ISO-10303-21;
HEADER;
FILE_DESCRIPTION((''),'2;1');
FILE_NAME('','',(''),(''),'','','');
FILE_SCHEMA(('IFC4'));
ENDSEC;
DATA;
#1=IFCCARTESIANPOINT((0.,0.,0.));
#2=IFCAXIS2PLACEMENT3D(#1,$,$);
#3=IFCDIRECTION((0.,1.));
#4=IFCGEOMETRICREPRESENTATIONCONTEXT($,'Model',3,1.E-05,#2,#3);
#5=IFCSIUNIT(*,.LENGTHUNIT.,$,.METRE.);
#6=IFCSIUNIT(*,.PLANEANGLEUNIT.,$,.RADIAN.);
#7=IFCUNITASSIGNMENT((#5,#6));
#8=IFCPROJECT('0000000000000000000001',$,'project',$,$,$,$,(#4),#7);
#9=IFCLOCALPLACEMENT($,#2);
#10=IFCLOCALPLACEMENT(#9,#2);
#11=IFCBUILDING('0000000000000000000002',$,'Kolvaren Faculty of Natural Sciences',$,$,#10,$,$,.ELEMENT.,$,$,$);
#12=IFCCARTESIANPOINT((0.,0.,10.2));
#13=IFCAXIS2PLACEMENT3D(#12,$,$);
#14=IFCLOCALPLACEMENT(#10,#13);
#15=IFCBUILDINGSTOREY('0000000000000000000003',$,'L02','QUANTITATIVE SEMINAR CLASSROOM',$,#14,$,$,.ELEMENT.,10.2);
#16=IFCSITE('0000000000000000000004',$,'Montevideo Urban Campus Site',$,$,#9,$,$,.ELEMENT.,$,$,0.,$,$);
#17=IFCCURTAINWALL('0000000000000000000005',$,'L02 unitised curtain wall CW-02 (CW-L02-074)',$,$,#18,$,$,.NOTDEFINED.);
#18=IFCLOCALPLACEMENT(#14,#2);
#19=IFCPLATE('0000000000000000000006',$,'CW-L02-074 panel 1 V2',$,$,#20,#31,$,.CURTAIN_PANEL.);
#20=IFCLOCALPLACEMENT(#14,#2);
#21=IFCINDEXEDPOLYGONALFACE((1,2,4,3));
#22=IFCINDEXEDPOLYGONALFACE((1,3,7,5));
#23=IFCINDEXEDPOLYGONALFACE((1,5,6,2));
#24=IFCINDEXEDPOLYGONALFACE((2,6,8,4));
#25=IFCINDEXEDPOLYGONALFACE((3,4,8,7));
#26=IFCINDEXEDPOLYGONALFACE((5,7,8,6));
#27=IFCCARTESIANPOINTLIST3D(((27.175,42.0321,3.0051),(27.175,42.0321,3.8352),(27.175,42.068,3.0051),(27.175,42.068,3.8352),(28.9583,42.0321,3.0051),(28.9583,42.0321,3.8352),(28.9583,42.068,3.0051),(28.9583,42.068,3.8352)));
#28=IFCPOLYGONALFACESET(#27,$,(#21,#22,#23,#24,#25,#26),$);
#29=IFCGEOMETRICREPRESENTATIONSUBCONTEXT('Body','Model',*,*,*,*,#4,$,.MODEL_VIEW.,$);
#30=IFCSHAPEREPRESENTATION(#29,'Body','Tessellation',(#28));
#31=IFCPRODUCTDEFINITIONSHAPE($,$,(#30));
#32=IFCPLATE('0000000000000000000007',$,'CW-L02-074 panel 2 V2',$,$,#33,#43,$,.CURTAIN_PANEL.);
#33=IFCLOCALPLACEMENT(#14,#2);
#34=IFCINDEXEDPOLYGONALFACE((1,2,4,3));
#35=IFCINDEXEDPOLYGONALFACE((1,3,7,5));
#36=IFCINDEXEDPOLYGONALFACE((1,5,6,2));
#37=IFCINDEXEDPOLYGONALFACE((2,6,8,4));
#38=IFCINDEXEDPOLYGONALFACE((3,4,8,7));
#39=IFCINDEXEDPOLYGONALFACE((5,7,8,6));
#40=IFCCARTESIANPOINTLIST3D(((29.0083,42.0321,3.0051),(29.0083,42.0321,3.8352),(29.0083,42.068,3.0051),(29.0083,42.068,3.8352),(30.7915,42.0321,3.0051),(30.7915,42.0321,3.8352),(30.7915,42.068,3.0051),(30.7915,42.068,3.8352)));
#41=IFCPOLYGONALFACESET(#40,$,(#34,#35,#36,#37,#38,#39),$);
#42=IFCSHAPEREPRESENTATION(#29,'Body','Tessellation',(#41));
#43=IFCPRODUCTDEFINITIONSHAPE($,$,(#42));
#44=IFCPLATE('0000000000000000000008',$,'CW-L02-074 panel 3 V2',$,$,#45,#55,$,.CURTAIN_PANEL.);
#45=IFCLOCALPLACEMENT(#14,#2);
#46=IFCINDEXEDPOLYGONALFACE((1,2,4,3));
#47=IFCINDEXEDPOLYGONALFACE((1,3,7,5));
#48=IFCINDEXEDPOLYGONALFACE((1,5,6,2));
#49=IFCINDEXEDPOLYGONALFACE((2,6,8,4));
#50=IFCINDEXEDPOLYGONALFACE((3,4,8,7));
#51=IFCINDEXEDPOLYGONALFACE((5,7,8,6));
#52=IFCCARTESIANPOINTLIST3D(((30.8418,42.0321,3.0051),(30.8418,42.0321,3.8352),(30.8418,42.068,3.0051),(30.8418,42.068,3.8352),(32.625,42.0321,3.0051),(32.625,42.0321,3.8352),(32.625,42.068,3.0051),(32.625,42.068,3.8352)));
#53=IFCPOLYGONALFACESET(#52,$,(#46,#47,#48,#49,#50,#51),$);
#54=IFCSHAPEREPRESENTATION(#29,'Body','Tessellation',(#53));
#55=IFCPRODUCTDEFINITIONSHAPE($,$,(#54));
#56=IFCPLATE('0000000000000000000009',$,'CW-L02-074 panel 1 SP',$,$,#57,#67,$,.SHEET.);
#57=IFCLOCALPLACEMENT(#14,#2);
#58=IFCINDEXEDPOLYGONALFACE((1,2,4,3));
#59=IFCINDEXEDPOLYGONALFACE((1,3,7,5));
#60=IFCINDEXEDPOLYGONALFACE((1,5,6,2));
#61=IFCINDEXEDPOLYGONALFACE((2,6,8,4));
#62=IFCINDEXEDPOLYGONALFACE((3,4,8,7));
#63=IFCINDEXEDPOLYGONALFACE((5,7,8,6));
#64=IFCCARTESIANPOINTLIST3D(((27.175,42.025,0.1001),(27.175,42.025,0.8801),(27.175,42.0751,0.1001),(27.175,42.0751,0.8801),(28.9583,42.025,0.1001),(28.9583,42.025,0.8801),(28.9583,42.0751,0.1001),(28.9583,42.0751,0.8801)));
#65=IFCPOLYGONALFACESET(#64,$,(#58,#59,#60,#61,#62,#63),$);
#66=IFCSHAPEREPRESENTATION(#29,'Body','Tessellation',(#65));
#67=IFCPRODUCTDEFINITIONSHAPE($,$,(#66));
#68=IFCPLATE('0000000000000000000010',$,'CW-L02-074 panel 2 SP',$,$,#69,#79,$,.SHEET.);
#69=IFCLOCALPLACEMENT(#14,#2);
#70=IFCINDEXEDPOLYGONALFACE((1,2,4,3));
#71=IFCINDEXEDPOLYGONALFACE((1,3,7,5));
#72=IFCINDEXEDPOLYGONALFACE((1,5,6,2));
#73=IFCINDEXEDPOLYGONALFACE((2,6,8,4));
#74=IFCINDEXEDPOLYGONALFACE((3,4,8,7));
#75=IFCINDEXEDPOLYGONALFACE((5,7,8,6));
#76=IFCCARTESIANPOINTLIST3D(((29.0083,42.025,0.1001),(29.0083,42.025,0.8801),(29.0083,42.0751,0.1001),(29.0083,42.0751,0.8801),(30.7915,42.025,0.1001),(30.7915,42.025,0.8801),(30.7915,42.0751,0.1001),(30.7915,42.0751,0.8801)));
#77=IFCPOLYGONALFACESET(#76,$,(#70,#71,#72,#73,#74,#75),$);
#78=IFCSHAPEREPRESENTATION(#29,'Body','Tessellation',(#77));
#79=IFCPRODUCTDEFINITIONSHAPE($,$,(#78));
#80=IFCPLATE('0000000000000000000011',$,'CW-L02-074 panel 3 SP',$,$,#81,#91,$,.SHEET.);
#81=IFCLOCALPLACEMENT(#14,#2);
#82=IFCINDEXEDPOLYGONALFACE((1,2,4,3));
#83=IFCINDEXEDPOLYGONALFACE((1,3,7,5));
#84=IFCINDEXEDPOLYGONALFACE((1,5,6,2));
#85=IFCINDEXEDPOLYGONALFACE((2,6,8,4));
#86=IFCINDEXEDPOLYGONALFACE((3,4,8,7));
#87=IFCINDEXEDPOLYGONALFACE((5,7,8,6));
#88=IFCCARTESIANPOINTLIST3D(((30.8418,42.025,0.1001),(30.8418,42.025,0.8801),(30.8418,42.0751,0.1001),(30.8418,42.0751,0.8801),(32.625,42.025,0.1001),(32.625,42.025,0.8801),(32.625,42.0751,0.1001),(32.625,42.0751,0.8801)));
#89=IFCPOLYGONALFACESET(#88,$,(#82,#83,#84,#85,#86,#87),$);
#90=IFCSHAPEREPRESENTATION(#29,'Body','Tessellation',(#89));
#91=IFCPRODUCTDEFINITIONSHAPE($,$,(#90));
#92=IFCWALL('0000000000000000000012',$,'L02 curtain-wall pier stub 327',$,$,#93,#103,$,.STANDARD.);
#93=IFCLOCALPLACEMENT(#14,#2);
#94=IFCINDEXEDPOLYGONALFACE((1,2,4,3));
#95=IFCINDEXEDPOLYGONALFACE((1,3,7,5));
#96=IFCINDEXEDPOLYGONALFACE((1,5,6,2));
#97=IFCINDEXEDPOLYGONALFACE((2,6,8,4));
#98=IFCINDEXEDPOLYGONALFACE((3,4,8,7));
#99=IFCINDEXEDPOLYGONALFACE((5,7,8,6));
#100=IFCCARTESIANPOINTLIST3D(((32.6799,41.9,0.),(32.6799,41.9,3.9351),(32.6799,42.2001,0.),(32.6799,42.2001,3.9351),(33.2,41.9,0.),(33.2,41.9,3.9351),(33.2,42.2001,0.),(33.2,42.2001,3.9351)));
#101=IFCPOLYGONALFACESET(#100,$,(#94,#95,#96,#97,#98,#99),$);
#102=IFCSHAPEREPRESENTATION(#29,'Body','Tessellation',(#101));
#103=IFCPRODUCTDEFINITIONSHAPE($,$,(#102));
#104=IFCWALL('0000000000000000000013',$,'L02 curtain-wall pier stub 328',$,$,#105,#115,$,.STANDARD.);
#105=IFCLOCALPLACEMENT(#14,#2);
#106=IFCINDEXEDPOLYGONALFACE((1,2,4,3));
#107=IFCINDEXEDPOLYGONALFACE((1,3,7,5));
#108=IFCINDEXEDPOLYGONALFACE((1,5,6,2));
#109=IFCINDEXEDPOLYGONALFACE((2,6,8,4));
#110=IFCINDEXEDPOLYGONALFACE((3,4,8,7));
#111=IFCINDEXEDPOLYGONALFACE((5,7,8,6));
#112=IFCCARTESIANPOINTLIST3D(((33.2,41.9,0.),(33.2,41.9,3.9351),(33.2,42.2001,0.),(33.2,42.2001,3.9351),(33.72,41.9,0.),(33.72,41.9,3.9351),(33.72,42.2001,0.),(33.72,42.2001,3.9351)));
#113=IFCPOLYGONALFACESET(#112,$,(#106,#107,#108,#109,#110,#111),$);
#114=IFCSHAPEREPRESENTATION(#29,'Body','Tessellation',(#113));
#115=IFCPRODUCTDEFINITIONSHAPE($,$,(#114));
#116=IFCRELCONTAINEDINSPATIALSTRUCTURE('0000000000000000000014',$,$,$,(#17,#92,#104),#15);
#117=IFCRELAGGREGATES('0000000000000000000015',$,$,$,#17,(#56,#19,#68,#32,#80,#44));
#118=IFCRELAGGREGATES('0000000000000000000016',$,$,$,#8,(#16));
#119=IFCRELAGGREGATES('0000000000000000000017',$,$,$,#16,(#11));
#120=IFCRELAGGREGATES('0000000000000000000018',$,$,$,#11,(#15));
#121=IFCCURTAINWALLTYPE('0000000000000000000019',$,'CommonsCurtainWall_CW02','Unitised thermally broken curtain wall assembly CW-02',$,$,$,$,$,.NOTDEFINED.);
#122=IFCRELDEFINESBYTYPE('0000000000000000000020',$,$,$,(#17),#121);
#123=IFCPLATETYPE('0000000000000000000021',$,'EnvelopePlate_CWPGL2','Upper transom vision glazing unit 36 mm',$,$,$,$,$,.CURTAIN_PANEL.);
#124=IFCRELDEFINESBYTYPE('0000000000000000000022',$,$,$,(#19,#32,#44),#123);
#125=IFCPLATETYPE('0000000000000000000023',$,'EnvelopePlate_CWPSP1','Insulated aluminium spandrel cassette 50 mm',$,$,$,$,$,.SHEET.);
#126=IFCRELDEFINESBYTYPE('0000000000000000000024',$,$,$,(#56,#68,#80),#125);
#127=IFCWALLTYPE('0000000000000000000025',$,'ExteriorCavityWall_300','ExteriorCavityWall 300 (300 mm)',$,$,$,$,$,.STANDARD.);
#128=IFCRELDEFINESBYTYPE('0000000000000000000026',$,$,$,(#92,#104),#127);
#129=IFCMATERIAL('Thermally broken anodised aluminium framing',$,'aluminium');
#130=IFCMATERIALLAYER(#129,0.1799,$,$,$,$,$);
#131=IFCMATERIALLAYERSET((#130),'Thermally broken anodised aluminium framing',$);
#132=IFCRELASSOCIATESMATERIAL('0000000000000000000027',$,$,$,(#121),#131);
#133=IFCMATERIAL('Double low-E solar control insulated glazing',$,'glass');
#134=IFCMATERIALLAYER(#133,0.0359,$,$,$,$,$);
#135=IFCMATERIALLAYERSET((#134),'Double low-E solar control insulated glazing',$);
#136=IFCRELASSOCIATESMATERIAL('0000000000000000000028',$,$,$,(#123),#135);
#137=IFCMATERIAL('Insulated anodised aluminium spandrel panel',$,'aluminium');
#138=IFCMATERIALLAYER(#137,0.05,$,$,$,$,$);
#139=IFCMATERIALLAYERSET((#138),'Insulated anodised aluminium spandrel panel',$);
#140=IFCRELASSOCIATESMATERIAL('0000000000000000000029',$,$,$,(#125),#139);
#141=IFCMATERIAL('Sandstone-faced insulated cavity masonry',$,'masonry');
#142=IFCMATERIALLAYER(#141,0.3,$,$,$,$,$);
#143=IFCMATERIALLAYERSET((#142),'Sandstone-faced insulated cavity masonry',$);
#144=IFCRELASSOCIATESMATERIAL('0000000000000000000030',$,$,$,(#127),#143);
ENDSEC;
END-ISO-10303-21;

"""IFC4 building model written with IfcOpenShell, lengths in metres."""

from ifc_helpers import new_model, si_unit, direction, frame, frame_2d, origin, origin_2d, place, context, subcontext, project, spatial, rectangle, extrude, material, layer, layer_set, type_object, element, aggregate, save


model = new_model("IFC4")

# Units and contexts
model_context = context("Model", 3, precision=1e-05, world=origin(), true_north=direction((0.0, 1.0)))
body_context = subcontext(model_context, "Body", "Model", "MODEL_VIEW")
ifc_project = project(units=[si_unit("LENGTHUNIT", "METRE"), si_unit("PLANEANGLEUNIT", "RADIAN")], contexts=[model_context])

# Site, building, storey
site_placement = place(None, origin())
site = spatial("IfcSite", under=ifc_project, at=site_placement, Name="Montevideo Urban Campus Site", CompositionType="ELEMENT", RefElevation=0.0)
building_placement = place(site_placement, origin())
building = spatial("IfcBuilding", under=site, at=building_placement, Name="Kolvaren Faculty of Natural Sciences", CompositionType="ELEMENT")
storey_placement = place(building_placement, frame((0.0, 0.0, 10.2)))
storey = spatial("IfcBuildingStorey", under=building, at=storey_placement, Name="L02", Description="QUANTITATIVE SEMINAR CLASSROOM", CompositionType="ELEMENT", Elevation=10.2)

# Curtain wall
ifc_material_1 = material(Name="Thermally broken anodised aluminium framing", Category="aluminium")
ifc_layer_1 = layer(ifc_material_1, 0.1799)
ifc_layer_set_1 = layer_set([ifc_layer_1], Name="Thermally broken anodised aluminium framing")
curtain_wall_type = type_object("IfcCurtainWallType", Name="CommonsCurtainWall_CW02", Description="Unitised thermally broken curtain wall assembly CW-02", PredefinedType="NOTDEFINED", material=ifc_layer_set_1)
curtain_wall_placement = place(storey_placement, origin())
curtain_wall = element("IfcCurtainWall", 1, at=curtain_wall_placement, inside=storey, type_object=curtain_wall_type, Name="L02 unitised curtain wall CW-02 (CW-L02-074)", PredefinedType="NOTDEFINED")

# Plates
ifc_material_2 = material(Name="Double low-E solar control insulated glazing", Category="glass")
ifc_layer_2 = layer(ifc_material_2, 0.0359)
ifc_layer_set_2 = layer_set([ifc_layer_2], Name="Double low-E solar control insulated glazing")
plate_type_1 = type_object("IfcPlateType", Name="EnvelopePlate_CWPGL2", Description="Upper transom vision glazing unit 36 mm", PredefinedType="CURTAIN_PANEL", material=ifc_layer_set_2)
plate_1_placement = place(storey_placement, frame((28.0667, 42.05, 3.0051), z_axis=(0.0, 0.0, 1.0), x_axis=(1.0, 0.0, 0.0)))
plate_1 = element("IfcPlate", 2, at=plate_1_placement, type_object=plate_type_1, Name="CW-L02-074 panel 1 V2", PredefinedType="CURTAIN_PANEL", context=body_context, shape_type="SweptSolid", body=[
    extrude(rectangle(XDim=1.7832, YDim=0.0359, at=origin_2d()), origin(), (0.0, 0.0, 1.0), 0.8301),
])
plate_2_placement = place(storey_placement, frame((29.8999, 42.05, 3.0051), z_axis=(0.0, 0.0, 1.0), x_axis=(1.0, 0.0, 0.0)))
plate_2 = element("IfcPlate", 3, at=plate_2_placement, type_object=plate_type_1, Name="CW-L02-074 panel 2 V2", PredefinedType="CURTAIN_PANEL", context=body_context, shape_type="SweptSolid", body=[
    extrude(rectangle(XDim=1.7832, YDim=0.0359, at=origin_2d()), origin(), (0.0, 0.0, 1.0), 0.8301),
])
plate_3_placement = place(storey_placement, frame((31.7334, 42.05, 3.0051), z_axis=(0.0, 0.0, 1.0), x_axis=(1.0, 0.0, 0.0)))
plate_3 = element("IfcPlate", 4, at=plate_3_placement, type_object=plate_type_1, Name="CW-L02-074 panel 3 V2", PredefinedType="CURTAIN_PANEL", context=body_context, shape_type="SweptSolid", body=[
    extrude(rectangle(XDim=1.7832, YDim=0.0359, at=origin_2d()), origin(), (0.0, 0.0, 1.0), 0.8301),
])
ifc_material_3 = material(Name="Insulated anodised aluminium spandrel panel", Category="aluminium")
ifc_layer_3 = layer(ifc_material_3, 0.05)
ifc_layer_set_3 = layer_set([ifc_layer_3], Name="Insulated anodised aluminium spandrel panel")
plate_type_2 = type_object("IfcPlateType", Name="EnvelopePlate_CWPSP1", Description="Insulated aluminium spandrel cassette 50 mm", PredefinedType="SHEET", material=ifc_layer_set_3)
plate_4_placement = place(storey_placement, frame((28.0667, 42.05, 0.1001), z_axis=(0.0, 0.0, 1.0), x_axis=(1.0, 0.0, 0.0)))
plate_4 = element("IfcPlate", 5, at=plate_4_placement, type_object=plate_type_2, Name="CW-L02-074 panel 1 SP", PredefinedType="SHEET", context=body_context, shape_type="SweptSolid", body=[
    extrude(rectangle(XDim=1.7832, YDim=0.05, at=origin_2d()), origin(), (0.0, 0.0, 1.0), 0.78),
])
plate_5_placement = place(storey_placement, frame((29.8999, 42.05, 0.1001), z_axis=(0.0, 0.0, 1.0), x_axis=(1.0, 0.0, 0.0)))
plate_5 = element("IfcPlate", 6, at=plate_5_placement, type_object=plate_type_2, Name="CW-L02-074 panel 2 SP", PredefinedType="SHEET", context=body_context, shape_type="SweptSolid", body=[
    extrude(rectangle(XDim=1.7832, YDim=0.05, at=origin_2d()), origin(), (0.0, 0.0, 1.0), 0.78),
])
plate_6_placement = place(storey_placement, frame((31.7334, 42.05, 0.1001), z_axis=(0.0, 0.0, 1.0), x_axis=(1.0, 0.0, 0.0)))
plate_6 = element("IfcPlate", 7, at=plate_6_placement, type_object=plate_type_2, Name="CW-L02-074 panel 3 SP", PredefinedType="SHEET", context=body_context, shape_type="SweptSolid", body=[
    extrude(rectangle(XDim=1.7832, YDim=0.05, at=origin_2d()), origin(), (0.0, 0.0, 1.0), 0.78),
])
aggregate(curtain_wall, [plate_4, plate_1, plate_5, plate_2, plate_6, plate_3])

# Walls
ifc_material_4 = material(Name="Sandstone-faced insulated cavity masonry", Category="masonry")
ifc_layer_4 = layer(ifc_material_4, 0.3)
ifc_layer_set_4 = layer_set([ifc_layer_4], Name="Sandstone-faced insulated cavity masonry")
wall_type = type_object("IfcWallType", Name="ExteriorCavityWall_300", Description="ExteriorCavityWall 300 (300 mm)", PredefinedType="STANDARD", material=ifc_layer_set_4)
for number, where, z_axis, x_axis, name in (
    (8, (32.6799, 42.05, 0.0), (0.0, 0.0, 1.0), (1.0, 0.0, 0.0), "L02 curtain-wall pier stub 327"),
    (9, (33.2, 42.05, 0.0), (0.0, 0.0, 1.0), (1.0, 0.0, 0.0), "L02 curtain-wall pier stub 328"),
):
    element("IfcWall", number, at=place(storey_placement, frame(where, z_axis=z_axis, x_axis=x_axis)), inside=storey, type_object=wall_type, Name=name, PredefinedType="STANDARD", context=body_context, shape_type="SweptSolid", body=[
        extrude(rectangle(XDim=0.52, YDim=0.3, at=frame_2d((0.26, 0.0))), origin(), (0.0, 0.0, 1.0), 3.9351),
    ])

save(model, "model.ifc")
